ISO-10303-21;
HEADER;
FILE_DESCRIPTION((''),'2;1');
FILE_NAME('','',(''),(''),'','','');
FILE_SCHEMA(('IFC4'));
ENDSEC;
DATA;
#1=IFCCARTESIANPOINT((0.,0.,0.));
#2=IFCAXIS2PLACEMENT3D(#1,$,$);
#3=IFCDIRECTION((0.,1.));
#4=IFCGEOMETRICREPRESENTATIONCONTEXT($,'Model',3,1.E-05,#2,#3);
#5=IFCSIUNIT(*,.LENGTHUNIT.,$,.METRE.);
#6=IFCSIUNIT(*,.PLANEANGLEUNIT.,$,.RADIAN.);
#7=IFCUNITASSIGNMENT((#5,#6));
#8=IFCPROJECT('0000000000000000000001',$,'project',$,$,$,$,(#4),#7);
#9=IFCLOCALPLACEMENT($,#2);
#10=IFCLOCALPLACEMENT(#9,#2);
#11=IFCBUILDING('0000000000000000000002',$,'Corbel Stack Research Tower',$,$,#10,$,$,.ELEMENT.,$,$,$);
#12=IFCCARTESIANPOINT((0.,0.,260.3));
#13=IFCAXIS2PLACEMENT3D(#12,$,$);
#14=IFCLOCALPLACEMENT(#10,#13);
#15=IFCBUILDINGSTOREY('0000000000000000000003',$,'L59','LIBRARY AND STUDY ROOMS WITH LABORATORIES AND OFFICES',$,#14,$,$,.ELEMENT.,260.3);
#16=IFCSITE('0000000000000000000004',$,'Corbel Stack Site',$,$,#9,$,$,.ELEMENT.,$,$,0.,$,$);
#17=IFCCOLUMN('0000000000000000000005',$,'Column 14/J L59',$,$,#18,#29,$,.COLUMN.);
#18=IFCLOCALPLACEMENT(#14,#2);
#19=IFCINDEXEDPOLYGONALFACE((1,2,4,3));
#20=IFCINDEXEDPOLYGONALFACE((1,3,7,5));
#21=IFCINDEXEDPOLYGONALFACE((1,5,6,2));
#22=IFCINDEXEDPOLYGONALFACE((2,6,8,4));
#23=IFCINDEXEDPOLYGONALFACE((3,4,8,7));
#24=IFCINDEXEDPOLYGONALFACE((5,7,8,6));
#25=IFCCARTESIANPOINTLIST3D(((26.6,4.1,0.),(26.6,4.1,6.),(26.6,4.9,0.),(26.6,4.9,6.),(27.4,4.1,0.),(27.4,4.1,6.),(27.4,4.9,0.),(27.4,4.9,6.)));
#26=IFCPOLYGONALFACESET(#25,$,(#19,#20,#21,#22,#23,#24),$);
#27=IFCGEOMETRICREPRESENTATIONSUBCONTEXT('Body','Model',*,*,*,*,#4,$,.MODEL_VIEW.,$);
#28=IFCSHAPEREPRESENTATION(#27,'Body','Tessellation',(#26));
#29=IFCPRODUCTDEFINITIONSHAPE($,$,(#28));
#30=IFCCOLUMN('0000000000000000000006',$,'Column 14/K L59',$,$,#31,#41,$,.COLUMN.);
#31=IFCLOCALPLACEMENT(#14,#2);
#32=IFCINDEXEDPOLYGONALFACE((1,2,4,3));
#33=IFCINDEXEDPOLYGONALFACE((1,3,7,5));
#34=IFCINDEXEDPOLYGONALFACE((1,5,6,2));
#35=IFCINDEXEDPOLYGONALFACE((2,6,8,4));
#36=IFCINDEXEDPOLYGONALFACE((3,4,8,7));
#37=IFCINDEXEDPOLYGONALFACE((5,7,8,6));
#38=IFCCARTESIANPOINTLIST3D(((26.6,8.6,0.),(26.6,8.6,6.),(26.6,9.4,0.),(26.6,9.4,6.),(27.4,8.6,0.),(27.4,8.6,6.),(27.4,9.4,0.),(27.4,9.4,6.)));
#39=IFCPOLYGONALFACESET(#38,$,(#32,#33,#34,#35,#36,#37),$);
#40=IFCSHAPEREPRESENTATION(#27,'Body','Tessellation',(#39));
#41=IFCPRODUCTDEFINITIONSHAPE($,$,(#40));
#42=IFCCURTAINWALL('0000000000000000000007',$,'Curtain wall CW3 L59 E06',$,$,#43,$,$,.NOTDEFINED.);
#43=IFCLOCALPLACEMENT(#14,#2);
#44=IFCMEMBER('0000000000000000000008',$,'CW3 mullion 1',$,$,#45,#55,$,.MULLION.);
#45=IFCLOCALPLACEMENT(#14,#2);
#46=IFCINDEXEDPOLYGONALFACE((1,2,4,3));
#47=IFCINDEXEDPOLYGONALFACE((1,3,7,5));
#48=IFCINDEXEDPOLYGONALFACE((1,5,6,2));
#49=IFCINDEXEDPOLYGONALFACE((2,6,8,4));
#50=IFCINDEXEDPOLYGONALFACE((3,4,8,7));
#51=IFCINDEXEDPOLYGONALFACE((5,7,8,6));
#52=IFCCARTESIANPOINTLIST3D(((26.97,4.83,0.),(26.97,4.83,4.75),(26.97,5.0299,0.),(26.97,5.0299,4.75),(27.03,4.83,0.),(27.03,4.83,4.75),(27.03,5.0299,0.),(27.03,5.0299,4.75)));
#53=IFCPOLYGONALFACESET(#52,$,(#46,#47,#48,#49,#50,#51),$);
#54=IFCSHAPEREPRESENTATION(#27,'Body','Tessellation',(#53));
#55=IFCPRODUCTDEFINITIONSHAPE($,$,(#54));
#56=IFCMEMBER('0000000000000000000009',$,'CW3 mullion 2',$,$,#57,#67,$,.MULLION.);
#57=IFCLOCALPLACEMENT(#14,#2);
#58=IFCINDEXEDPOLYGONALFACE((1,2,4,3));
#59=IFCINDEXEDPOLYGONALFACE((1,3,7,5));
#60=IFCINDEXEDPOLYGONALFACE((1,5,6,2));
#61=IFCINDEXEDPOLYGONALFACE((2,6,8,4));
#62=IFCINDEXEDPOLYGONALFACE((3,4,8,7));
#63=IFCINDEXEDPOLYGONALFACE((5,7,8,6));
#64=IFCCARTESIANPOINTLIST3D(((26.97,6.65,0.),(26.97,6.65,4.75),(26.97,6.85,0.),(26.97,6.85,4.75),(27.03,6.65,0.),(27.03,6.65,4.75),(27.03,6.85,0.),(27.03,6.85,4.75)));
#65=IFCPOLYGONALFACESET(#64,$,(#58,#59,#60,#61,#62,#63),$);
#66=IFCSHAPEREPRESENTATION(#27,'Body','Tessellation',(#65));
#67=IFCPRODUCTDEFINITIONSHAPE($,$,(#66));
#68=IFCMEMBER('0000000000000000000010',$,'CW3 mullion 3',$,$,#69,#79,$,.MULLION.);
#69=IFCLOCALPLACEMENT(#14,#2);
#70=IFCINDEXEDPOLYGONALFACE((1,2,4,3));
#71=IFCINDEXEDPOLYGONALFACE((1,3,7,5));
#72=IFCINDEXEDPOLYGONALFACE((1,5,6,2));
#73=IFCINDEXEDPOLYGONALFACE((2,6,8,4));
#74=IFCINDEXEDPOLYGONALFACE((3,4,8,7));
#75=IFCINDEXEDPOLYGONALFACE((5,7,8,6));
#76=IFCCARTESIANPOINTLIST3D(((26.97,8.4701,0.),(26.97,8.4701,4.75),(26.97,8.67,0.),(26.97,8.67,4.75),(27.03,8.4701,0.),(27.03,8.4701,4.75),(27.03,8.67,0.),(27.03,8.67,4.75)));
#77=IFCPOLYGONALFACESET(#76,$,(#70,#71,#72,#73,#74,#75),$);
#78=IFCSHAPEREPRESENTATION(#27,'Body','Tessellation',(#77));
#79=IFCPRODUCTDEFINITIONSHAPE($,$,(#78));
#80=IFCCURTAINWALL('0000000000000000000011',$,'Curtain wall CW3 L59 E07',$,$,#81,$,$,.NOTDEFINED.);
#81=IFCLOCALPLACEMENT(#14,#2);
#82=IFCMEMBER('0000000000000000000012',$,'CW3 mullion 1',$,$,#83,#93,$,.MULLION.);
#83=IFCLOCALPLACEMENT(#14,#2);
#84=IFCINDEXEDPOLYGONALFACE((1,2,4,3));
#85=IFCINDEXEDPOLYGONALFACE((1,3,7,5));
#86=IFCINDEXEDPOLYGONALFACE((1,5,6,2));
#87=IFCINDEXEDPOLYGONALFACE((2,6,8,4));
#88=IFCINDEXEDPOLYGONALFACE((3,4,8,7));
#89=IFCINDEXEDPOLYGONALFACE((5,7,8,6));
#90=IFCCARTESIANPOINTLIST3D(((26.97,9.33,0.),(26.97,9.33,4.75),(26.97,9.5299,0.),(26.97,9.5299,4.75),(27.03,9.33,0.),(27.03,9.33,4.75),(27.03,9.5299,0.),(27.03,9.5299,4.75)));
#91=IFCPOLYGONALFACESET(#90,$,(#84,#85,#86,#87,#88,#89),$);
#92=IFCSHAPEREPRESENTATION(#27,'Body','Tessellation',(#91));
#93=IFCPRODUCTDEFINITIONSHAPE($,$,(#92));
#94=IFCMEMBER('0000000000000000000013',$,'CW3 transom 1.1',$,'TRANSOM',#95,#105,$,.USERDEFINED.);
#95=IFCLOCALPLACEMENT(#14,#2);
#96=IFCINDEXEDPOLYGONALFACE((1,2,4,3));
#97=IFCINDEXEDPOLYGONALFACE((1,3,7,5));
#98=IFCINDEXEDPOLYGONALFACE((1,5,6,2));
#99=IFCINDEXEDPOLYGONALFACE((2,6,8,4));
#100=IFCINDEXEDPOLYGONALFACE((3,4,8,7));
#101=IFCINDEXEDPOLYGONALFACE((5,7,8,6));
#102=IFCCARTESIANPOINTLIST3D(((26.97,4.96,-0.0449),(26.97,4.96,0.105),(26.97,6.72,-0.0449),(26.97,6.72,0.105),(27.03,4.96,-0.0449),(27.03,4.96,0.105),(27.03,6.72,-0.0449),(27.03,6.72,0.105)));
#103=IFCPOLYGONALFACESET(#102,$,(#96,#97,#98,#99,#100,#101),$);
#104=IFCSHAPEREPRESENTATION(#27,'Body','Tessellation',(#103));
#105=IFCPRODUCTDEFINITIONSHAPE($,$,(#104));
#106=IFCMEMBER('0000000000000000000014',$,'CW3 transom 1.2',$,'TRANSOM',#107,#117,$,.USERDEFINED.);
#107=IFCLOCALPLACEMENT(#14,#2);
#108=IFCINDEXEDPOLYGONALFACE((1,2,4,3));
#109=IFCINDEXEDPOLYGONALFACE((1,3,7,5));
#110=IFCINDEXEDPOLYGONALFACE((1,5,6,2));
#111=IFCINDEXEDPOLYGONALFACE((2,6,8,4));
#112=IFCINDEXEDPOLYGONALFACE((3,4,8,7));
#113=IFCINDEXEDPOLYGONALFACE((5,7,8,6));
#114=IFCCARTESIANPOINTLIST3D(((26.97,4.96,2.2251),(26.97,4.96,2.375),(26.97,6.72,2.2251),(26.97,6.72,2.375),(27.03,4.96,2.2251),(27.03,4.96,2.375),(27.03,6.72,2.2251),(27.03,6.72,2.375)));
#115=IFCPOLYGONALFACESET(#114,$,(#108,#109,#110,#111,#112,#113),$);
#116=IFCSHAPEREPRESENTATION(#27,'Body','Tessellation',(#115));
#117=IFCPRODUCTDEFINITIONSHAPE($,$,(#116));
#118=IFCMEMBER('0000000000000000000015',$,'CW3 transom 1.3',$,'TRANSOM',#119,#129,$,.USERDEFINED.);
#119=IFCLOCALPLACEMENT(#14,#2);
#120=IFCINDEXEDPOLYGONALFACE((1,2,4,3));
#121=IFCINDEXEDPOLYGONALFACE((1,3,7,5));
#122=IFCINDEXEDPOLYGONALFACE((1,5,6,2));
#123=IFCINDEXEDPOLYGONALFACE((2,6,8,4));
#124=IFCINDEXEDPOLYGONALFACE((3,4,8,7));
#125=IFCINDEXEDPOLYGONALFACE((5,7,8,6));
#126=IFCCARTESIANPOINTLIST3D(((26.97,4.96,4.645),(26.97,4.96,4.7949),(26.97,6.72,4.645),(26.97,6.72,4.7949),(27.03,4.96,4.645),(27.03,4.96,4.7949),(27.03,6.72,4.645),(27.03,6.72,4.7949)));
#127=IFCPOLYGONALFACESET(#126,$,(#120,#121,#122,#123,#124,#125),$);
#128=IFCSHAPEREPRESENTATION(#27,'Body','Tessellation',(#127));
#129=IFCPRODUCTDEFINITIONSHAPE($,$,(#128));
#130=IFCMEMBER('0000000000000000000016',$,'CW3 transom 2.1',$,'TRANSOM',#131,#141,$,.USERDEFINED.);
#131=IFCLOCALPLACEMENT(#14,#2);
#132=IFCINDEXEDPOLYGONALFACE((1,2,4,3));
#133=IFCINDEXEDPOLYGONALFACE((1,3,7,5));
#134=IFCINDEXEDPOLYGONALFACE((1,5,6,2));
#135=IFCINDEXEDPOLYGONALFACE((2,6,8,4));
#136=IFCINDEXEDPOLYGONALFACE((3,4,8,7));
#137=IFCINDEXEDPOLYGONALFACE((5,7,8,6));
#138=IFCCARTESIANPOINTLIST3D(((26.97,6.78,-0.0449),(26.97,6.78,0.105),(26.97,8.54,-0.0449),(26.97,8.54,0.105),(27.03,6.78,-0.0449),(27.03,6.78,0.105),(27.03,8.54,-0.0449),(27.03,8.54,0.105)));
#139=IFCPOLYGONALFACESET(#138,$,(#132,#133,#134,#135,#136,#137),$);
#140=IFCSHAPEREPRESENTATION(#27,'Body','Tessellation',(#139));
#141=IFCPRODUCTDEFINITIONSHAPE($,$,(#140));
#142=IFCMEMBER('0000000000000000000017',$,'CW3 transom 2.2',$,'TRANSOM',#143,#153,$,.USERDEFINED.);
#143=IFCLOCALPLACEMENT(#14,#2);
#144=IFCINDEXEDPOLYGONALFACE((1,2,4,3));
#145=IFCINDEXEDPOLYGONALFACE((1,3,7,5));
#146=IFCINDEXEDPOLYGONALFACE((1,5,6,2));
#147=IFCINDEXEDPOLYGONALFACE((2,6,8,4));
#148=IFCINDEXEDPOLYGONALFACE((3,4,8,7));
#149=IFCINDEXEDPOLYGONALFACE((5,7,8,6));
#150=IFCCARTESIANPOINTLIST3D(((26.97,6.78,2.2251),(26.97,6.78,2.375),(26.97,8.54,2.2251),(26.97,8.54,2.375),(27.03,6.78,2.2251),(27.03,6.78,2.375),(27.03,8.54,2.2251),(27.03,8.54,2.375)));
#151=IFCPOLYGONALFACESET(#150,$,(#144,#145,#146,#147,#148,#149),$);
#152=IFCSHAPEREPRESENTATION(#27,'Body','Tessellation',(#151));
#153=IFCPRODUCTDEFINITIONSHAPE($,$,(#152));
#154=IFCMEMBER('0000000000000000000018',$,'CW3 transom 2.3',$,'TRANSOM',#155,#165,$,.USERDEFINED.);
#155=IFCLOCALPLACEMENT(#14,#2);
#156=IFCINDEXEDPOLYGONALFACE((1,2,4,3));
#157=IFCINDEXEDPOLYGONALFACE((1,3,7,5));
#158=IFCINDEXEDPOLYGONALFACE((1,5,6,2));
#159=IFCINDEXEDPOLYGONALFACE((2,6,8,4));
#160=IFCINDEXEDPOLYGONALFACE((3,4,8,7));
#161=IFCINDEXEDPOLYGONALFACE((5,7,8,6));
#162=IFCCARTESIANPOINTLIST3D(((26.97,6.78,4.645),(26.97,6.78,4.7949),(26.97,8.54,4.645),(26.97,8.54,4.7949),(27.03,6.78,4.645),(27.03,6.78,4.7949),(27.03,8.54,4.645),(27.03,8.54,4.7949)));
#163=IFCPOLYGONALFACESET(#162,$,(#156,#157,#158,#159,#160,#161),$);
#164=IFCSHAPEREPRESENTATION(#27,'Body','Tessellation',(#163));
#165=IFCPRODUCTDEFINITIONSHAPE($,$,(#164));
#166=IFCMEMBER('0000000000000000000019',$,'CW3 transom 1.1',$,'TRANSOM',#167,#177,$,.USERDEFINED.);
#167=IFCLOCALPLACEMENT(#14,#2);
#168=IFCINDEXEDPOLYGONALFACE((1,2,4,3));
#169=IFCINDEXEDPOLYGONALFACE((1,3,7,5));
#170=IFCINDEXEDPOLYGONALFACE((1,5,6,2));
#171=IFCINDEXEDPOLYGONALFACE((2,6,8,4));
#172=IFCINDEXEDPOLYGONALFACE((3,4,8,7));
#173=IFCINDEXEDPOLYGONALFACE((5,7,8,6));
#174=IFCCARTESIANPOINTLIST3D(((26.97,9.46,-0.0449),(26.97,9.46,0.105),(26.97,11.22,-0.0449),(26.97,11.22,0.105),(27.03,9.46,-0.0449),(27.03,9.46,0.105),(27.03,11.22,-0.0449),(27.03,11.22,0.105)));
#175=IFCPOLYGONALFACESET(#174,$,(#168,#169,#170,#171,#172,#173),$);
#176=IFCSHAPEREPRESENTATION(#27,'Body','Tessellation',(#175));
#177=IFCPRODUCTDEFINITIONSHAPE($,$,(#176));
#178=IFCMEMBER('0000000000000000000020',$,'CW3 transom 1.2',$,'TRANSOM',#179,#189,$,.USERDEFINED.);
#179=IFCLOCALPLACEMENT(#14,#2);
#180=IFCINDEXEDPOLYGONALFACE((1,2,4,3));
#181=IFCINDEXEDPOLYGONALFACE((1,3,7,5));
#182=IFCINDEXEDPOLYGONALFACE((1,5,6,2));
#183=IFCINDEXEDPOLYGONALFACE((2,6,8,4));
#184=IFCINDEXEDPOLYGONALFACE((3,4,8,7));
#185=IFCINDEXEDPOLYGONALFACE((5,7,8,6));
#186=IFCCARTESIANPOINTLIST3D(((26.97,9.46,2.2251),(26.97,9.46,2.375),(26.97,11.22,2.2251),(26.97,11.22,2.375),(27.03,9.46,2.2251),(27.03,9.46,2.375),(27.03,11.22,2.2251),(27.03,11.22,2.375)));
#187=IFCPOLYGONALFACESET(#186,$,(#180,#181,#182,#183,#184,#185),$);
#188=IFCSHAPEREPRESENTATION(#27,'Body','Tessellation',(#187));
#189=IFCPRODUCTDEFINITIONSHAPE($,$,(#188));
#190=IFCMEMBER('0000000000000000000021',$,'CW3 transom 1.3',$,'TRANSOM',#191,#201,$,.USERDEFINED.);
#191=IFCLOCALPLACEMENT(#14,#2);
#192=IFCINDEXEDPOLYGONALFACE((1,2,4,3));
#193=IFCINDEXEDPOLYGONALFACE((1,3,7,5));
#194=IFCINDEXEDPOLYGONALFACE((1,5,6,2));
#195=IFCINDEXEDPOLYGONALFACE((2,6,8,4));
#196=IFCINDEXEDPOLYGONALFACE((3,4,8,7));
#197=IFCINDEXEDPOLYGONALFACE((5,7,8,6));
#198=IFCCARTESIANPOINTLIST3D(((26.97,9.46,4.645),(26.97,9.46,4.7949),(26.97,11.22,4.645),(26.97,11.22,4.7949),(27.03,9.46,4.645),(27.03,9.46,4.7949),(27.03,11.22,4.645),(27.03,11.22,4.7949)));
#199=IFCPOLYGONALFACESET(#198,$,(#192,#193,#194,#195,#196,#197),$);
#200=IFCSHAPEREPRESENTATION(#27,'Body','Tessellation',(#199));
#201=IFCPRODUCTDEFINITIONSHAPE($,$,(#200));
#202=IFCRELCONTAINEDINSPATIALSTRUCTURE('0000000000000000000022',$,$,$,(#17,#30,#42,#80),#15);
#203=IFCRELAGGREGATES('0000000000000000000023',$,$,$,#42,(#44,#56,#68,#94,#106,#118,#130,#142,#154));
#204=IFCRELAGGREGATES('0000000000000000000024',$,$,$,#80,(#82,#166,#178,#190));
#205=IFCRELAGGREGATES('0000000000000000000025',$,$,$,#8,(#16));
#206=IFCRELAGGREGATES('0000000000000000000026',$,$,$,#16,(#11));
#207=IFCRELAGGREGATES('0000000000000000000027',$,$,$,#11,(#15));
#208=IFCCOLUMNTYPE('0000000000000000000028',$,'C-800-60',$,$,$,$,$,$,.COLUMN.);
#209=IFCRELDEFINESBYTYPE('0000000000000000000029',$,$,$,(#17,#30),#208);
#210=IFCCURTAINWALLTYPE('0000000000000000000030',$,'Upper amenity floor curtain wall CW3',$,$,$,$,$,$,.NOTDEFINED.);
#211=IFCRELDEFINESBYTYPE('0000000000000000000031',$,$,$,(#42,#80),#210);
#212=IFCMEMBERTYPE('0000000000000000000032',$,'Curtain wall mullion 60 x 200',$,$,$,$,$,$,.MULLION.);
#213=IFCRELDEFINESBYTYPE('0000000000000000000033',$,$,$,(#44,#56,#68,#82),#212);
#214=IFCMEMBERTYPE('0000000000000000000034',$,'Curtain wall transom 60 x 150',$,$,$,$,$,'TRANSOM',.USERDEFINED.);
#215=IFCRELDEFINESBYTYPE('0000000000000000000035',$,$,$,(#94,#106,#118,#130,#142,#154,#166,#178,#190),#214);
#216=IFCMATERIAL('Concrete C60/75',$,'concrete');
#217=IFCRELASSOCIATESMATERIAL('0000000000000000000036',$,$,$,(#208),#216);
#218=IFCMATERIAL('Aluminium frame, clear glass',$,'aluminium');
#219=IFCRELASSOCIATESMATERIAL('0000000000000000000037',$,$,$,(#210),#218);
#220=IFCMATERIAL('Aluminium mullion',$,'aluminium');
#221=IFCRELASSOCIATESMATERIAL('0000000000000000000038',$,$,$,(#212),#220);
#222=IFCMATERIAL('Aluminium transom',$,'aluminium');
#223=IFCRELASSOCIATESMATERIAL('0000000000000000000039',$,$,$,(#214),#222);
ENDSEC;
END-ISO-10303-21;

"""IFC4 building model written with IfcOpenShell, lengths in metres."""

from ifc_helpers import new_model, si_unit, direction, frame, origin, origin_2d, place, context, subcontext, project, spatial, rectangle, extrude, material, material_profile, profile_set, type_object, element, aggregate, save


model = new_model("IFC4")

# Units and contexts
model_context = context("Model", 3, precision=1e-05, world=origin(), true_north=direction((0.0, 1.0)))
body_context = subcontext(model_context, "Body", "Model", "MODEL_VIEW")
ifc_project = project(units=[si_unit("LENGTHUNIT", "METRE"), si_unit("PLANEANGLEUNIT", "RADIAN")], contexts=[model_context])

# Site, building, storey
site_placement = place(None, origin())
site = spatial("IfcSite", under=ifc_project, at=site_placement, Name="Corbel Stack Site", CompositionType="ELEMENT", RefElevation=0.0)
building_placement = place(site_placement, origin())
building = spatial("IfcBuilding", under=site, at=building_placement, Name="Corbel Stack Research Tower", CompositionType="ELEMENT")
storey_placement = place(building_placement, frame((0.0, 0.0, 260.3)))
storey = spatial("IfcBuildingStorey", under=building, at=storey_placement, Name="L59", Description="LIBRARY AND STUDY ROOMS WITH LABORATORIES AND OFFICES", CompositionType="ELEMENT", Elevation=260.3)

# Columns
ifc_material_1 = material(Name="Concrete C60/75", Category="concrete")
ifc_material_profile_1 = material_profile(ifc_material_1, rectangle(XDim=0.8, YDim=0.8, at=origin_2d()), Name="RC 800 x 800")
ifc_profile_set_1 = profile_set([ifc_material_profile_1], Name="Concrete C60/75")
column_type = type_object("IfcColumnType", Name="C-800-60", PredefinedType="COLUMN", material=ifc_profile_set_1)
for number, where, z_axis, x_axis, name in (
    (1, (27.0, 4.5, 0.0), (0.0, 0.0, 1.0), (1.0, 0.0, 0.0), "Column 14/J L59"),
    (2, (27.0, 9.0, 0.0), (0.0, 0.0, 1.0), (1.0, 0.0, 0.0), "Column 14/K L59"),
):
    element("IfcColumn", number, at=place(storey_placement, frame(where, z_axis=z_axis, x_axis=x_axis)), inside=storey, type_object=column_type, Name=name, PredefinedType="COLUMN", context=body_context, shape_type="SweptSolid", body=[
        extrude(rectangle(XDim=0.8, YDim=0.8, at=origin_2d()), origin(), (0.0, 0.0, 1.0), 6.0),
    ])

# Curtain wall, members
ifc_material_2 = material(Name="Aluminium frame, clear glass", Category="aluminium")
curtain_wall_type = type_object("IfcCurtainWallType", Name="Upper amenity floor curtain wall CW3", PredefinedType="NOTDEFINED", material=ifc_material_2)
curtain_wall_1_placement = place(storey_placement, origin())
curtain_wall_1 = element("IfcCurtainWall", 3, at=curtain_wall_1_placement, inside=storey, type_object=curtain_wall_type, Name="Curtain wall CW3 L59 E06", PredefinedType="NOTDEFINED")
ifc_material_3 = material(Name="Aluminium mullion", Category="aluminium")
ifc_material_profile_2 = material_profile(ifc_material_3, rectangle(XDim=0.0601, YDim=0.2, at=origin_2d()), Name="Mullion 60 x 200")
ifc_profile_set_2 = profile_set([ifc_material_profile_2], Name="Aluminium mullion")
member_type_1 = type_object("IfcMemberType", Name="Curtain wall mullion 60 x 200", PredefinedType="MULLION", material=ifc_profile_set_2)
member_1_placement = place(storey_placement, frame((27.0, 4.9299, 0.0), z_axis=(0.0, 0.0, 1.0), x_axis=(-1.0, 0.0, 0.0)))
member_1 = element("IfcMember", 4, at=member_1_placement, type_object=member_type_1, Name="CW3 mullion 1", PredefinedType="MULLION", context=body_context, shape_type="SweptSolid", body=[
    extrude(rectangle(XDim=0.0601, YDim=0.2, at=origin_2d()), origin(), (0.0, 0.0, 1.0), 4.75),
])
member_2_placement = place(storey_placement, frame((27.0, 6.75, 0.0), z_axis=(0.0, 0.0, 1.0), x_axis=(-1.0, 0.0, 0.0)))
member_2 = element("IfcMember", 5, at=member_2_placement, type_object=member_type_1, Name="CW3 mullion 2", PredefinedType="MULLION", context=body_context, shape_type="SweptSolid", body=[
    extrude(rectangle(XDim=0.0601, YDim=0.2, at=origin_2d()), origin(), (0.0, 0.0, 1.0), 4.75),
])
member_3_placement = place(storey_placement, frame((27.0, 8.5701, 0.0), z_axis=(0.0, 0.0, 1.0), x_axis=(-1.0, 0.0, 0.0)))
member_3 = element("IfcMember", 6, at=member_3_placement, type_object=member_type_1, Name="CW3 mullion 3", PredefinedType="MULLION", context=body_context, shape_type="SweptSolid", body=[
    extrude(rectangle(XDim=0.0601, YDim=0.2, at=origin_2d()), origin(), (0.0, 0.0, 1.0), 4.75),
])

# Curtain wall, member
curtain_wall_2_placement = place(storey_placement, origin())
curtain_wall_2 = element("IfcCurtainWall", 7, at=curtain_wall_2_placement, inside=storey, type_object=curtain_wall_type, Name="Curtain wall CW3 L59 E07", PredefinedType="NOTDEFINED")
member_4_placement = place(storey_placement, frame((27.0, 9.4299, 0.0), z_axis=(0.0, 0.0, 1.0), x_axis=(-1.0, 0.0, 0.0)))
member_4 = element("IfcMember", 8, at=member_4_placement, type_object=member_type_1, Name="CW3 mullion 1", PredefinedType="MULLION", context=body_context, shape_type="SweptSolid", body=[
    extrude(rectangle(XDim=0.0601, YDim=0.2, at=origin_2d()), origin(), (0.0, 0.0, 1.0), 4.75),
])

# Members
ifc_material_4 = material(Name="Aluminium transom", Category="aluminium")
ifc_material_profile_3 = material_profile(ifc_material_4, rectangle(XDim=0.0601, YDim=0.1499, at=origin_2d()), Name="Transom 60 x 150")
ifc_profile_set_3 = profile_set([ifc_material_profile_3], Name="Aluminium transom")
member_type_2 = type_object("IfcMemberType", Name="Curtain wall transom 60 x 150", ElementType="TRANSOM", PredefinedType="USERDEFINED", material=ifc_profile_set_3)
member_5_placement = place(storey_placement, frame((27.0, 4.96, 0.03), z_axis=(0.0, 1.0, 0.0), x_axis=(-1.0, 0.0, 0.0)))
member_5 = element("IfcMember", 9, at=member_5_placement, type_object=member_type_2, Name="CW3 transom 1.1", ObjectType="TRANSOM", PredefinedType="USERDEFINED", context=body_context, shape_type="SweptSolid", body=[
    extrude(rectangle(XDim=0.0601, YDim=0.1499, at=origin_2d()), origin(), (0.0, 0.0, 1.0), 1.76),
])
member_6_placement = place(storey_placement, frame((27.0, 4.96, 2.3), z_axis=(0.0, 1.0, 0.0), x_axis=(-1.0, 0.0, 0.0)))
member_6 = element("IfcMember", 10, at=member_6_placement, type_object=member_type_2, Name="CW3 transom 1.2", ObjectType="TRANSOM", PredefinedType="USERDEFINED", context=body_context, shape_type="SweptSolid", body=[
    extrude(rectangle(XDim=0.0601, YDim=0.1499, at=origin_2d()), origin(), (0.0, 0.0, 1.0), 1.76),
])
member_7_placement = place(storey_placement, frame((27.0, 4.96, 4.72), z_axis=(0.0, 1.0, 0.0), x_axis=(-1.0, 0.0, 0.0)))
member_7 = element("IfcMember", 11, at=member_7_placement, type_object=member_type_2, Name="CW3 transom 1.3", ObjectType="TRANSOM", PredefinedType="USERDEFINED", context=body_context, shape_type="SweptSolid", body=[
    extrude(rectangle(XDim=0.0601, YDim=0.1499, at=origin_2d()), origin(), (0.0, 0.0, 1.0), 1.76),
])
member_8_placement = place(storey_placement, frame((27.0, 6.78, 0.03), z_axis=(0.0, 1.0, 0.0), x_axis=(-1.0, 0.0, 0.0)))
member_8 = element("IfcMember", 12, at=member_8_placement, type_object=member_type_2, Name="CW3 transom 2.1", ObjectType="TRANSOM", PredefinedType="USERDEFINED", context=body_context, shape_type="SweptSolid", body=[
    extrude(rectangle(XDim=0.0601, YDim=0.1499, at=origin_2d()), origin(), (0.0, 0.0, 1.0), 1.76),
])
member_9_placement = place(storey_placement, frame((27.0, 6.78, 2.3), z_axis=(0.0, 1.0, 0.0), x_axis=(-1.0, 0.0, 0.0)))
member_9 = element("IfcMember", 13, at=member_9_placement, type_object=member_type_2, Name="CW3 transom 2.2", ObjectType="TRANSOM", PredefinedType="USERDEFINED", context=body_context, shape_type="SweptSolid", body=[
    extrude(rectangle(XDim=0.0601, YDim=0.1499, at=origin_2d()), origin(), (0.0, 0.0, 1.0), 1.76),
])
member_10_placement = place(storey_placement, frame((27.0, 6.78, 4.72), z_axis=(0.0, 1.0, 0.0), x_axis=(-1.0, 0.0, 0.0)))
member_10 = element("IfcMember", 14, at=member_10_placement, type_object=member_type_2, Name="CW3 transom 2.3", ObjectType="TRANSOM", PredefinedType="USERDEFINED", context=body_context, shape_type="SweptSolid", body=[
    extrude(rectangle(XDim=0.0601, YDim=0.1499, at=origin_2d()), origin(), (0.0, 0.0, 1.0), 1.76),
])
member_11_placement = place(storey_placement, frame((27.0, 9.46, 0.03), z_axis=(0.0, 1.0, 0.0), x_axis=(-1.0, 0.0, 0.0)))
member_11 = element("IfcMember", 15, at=member_11_placement, type_object=member_type_2, Name="CW3 transom 1.1", ObjectType="TRANSOM", PredefinedType="USERDEFINED", context=body_context, shape_type="SweptSolid", body=[
    extrude(rectangle(XDim=0.0601, YDim=0.1499, at=origin_2d()), origin(), (0.0, 0.0, 1.0), 1.76),
])
member_12_placement = place(storey_placement, frame((27.0, 9.46, 2.3), z_axis=(0.0, 1.0, 0.0), x_axis=(-1.0, 0.0, 0.0)))
member_12 = element("IfcMember", 16, at=member_12_placement, type_object=member_type_2, Name="CW3 transom 1.2", ObjectType="TRANSOM", PredefinedType="USERDEFINED", context=body_context, shape_type="SweptSolid", body=[
    extrude(rectangle(XDim=0.0601, YDim=0.1499, at=origin_2d()), origin(), (0.0, 0.0, 1.0), 1.76),
])
member_13_placement = place(storey_placement, frame((27.0, 9.46, 4.72), z_axis=(0.0, 1.0, 0.0), x_axis=(-1.0, 0.0, 0.0)))
member_13 = element("IfcMember", 17, at=member_13_placement, type_object=member_type_2, Name="CW3 transom 1.3", ObjectType="TRANSOM", PredefinedType="USERDEFINED", context=body_context, shape_type="SweptSolid", body=[
    extrude(rectangle(XDim=0.0601, YDim=0.1499, at=origin_2d()), origin(), (0.0, 0.0, 1.0), 1.76),
])

aggregate(curtain_wall_1, [member_1, member_2, member_3, member_5, member_6, member_7, member_8, member_9, member_10])
aggregate(curtain_wall_2, [member_4, member_11, member_12, member_13])

save(model, "model.ifc")
